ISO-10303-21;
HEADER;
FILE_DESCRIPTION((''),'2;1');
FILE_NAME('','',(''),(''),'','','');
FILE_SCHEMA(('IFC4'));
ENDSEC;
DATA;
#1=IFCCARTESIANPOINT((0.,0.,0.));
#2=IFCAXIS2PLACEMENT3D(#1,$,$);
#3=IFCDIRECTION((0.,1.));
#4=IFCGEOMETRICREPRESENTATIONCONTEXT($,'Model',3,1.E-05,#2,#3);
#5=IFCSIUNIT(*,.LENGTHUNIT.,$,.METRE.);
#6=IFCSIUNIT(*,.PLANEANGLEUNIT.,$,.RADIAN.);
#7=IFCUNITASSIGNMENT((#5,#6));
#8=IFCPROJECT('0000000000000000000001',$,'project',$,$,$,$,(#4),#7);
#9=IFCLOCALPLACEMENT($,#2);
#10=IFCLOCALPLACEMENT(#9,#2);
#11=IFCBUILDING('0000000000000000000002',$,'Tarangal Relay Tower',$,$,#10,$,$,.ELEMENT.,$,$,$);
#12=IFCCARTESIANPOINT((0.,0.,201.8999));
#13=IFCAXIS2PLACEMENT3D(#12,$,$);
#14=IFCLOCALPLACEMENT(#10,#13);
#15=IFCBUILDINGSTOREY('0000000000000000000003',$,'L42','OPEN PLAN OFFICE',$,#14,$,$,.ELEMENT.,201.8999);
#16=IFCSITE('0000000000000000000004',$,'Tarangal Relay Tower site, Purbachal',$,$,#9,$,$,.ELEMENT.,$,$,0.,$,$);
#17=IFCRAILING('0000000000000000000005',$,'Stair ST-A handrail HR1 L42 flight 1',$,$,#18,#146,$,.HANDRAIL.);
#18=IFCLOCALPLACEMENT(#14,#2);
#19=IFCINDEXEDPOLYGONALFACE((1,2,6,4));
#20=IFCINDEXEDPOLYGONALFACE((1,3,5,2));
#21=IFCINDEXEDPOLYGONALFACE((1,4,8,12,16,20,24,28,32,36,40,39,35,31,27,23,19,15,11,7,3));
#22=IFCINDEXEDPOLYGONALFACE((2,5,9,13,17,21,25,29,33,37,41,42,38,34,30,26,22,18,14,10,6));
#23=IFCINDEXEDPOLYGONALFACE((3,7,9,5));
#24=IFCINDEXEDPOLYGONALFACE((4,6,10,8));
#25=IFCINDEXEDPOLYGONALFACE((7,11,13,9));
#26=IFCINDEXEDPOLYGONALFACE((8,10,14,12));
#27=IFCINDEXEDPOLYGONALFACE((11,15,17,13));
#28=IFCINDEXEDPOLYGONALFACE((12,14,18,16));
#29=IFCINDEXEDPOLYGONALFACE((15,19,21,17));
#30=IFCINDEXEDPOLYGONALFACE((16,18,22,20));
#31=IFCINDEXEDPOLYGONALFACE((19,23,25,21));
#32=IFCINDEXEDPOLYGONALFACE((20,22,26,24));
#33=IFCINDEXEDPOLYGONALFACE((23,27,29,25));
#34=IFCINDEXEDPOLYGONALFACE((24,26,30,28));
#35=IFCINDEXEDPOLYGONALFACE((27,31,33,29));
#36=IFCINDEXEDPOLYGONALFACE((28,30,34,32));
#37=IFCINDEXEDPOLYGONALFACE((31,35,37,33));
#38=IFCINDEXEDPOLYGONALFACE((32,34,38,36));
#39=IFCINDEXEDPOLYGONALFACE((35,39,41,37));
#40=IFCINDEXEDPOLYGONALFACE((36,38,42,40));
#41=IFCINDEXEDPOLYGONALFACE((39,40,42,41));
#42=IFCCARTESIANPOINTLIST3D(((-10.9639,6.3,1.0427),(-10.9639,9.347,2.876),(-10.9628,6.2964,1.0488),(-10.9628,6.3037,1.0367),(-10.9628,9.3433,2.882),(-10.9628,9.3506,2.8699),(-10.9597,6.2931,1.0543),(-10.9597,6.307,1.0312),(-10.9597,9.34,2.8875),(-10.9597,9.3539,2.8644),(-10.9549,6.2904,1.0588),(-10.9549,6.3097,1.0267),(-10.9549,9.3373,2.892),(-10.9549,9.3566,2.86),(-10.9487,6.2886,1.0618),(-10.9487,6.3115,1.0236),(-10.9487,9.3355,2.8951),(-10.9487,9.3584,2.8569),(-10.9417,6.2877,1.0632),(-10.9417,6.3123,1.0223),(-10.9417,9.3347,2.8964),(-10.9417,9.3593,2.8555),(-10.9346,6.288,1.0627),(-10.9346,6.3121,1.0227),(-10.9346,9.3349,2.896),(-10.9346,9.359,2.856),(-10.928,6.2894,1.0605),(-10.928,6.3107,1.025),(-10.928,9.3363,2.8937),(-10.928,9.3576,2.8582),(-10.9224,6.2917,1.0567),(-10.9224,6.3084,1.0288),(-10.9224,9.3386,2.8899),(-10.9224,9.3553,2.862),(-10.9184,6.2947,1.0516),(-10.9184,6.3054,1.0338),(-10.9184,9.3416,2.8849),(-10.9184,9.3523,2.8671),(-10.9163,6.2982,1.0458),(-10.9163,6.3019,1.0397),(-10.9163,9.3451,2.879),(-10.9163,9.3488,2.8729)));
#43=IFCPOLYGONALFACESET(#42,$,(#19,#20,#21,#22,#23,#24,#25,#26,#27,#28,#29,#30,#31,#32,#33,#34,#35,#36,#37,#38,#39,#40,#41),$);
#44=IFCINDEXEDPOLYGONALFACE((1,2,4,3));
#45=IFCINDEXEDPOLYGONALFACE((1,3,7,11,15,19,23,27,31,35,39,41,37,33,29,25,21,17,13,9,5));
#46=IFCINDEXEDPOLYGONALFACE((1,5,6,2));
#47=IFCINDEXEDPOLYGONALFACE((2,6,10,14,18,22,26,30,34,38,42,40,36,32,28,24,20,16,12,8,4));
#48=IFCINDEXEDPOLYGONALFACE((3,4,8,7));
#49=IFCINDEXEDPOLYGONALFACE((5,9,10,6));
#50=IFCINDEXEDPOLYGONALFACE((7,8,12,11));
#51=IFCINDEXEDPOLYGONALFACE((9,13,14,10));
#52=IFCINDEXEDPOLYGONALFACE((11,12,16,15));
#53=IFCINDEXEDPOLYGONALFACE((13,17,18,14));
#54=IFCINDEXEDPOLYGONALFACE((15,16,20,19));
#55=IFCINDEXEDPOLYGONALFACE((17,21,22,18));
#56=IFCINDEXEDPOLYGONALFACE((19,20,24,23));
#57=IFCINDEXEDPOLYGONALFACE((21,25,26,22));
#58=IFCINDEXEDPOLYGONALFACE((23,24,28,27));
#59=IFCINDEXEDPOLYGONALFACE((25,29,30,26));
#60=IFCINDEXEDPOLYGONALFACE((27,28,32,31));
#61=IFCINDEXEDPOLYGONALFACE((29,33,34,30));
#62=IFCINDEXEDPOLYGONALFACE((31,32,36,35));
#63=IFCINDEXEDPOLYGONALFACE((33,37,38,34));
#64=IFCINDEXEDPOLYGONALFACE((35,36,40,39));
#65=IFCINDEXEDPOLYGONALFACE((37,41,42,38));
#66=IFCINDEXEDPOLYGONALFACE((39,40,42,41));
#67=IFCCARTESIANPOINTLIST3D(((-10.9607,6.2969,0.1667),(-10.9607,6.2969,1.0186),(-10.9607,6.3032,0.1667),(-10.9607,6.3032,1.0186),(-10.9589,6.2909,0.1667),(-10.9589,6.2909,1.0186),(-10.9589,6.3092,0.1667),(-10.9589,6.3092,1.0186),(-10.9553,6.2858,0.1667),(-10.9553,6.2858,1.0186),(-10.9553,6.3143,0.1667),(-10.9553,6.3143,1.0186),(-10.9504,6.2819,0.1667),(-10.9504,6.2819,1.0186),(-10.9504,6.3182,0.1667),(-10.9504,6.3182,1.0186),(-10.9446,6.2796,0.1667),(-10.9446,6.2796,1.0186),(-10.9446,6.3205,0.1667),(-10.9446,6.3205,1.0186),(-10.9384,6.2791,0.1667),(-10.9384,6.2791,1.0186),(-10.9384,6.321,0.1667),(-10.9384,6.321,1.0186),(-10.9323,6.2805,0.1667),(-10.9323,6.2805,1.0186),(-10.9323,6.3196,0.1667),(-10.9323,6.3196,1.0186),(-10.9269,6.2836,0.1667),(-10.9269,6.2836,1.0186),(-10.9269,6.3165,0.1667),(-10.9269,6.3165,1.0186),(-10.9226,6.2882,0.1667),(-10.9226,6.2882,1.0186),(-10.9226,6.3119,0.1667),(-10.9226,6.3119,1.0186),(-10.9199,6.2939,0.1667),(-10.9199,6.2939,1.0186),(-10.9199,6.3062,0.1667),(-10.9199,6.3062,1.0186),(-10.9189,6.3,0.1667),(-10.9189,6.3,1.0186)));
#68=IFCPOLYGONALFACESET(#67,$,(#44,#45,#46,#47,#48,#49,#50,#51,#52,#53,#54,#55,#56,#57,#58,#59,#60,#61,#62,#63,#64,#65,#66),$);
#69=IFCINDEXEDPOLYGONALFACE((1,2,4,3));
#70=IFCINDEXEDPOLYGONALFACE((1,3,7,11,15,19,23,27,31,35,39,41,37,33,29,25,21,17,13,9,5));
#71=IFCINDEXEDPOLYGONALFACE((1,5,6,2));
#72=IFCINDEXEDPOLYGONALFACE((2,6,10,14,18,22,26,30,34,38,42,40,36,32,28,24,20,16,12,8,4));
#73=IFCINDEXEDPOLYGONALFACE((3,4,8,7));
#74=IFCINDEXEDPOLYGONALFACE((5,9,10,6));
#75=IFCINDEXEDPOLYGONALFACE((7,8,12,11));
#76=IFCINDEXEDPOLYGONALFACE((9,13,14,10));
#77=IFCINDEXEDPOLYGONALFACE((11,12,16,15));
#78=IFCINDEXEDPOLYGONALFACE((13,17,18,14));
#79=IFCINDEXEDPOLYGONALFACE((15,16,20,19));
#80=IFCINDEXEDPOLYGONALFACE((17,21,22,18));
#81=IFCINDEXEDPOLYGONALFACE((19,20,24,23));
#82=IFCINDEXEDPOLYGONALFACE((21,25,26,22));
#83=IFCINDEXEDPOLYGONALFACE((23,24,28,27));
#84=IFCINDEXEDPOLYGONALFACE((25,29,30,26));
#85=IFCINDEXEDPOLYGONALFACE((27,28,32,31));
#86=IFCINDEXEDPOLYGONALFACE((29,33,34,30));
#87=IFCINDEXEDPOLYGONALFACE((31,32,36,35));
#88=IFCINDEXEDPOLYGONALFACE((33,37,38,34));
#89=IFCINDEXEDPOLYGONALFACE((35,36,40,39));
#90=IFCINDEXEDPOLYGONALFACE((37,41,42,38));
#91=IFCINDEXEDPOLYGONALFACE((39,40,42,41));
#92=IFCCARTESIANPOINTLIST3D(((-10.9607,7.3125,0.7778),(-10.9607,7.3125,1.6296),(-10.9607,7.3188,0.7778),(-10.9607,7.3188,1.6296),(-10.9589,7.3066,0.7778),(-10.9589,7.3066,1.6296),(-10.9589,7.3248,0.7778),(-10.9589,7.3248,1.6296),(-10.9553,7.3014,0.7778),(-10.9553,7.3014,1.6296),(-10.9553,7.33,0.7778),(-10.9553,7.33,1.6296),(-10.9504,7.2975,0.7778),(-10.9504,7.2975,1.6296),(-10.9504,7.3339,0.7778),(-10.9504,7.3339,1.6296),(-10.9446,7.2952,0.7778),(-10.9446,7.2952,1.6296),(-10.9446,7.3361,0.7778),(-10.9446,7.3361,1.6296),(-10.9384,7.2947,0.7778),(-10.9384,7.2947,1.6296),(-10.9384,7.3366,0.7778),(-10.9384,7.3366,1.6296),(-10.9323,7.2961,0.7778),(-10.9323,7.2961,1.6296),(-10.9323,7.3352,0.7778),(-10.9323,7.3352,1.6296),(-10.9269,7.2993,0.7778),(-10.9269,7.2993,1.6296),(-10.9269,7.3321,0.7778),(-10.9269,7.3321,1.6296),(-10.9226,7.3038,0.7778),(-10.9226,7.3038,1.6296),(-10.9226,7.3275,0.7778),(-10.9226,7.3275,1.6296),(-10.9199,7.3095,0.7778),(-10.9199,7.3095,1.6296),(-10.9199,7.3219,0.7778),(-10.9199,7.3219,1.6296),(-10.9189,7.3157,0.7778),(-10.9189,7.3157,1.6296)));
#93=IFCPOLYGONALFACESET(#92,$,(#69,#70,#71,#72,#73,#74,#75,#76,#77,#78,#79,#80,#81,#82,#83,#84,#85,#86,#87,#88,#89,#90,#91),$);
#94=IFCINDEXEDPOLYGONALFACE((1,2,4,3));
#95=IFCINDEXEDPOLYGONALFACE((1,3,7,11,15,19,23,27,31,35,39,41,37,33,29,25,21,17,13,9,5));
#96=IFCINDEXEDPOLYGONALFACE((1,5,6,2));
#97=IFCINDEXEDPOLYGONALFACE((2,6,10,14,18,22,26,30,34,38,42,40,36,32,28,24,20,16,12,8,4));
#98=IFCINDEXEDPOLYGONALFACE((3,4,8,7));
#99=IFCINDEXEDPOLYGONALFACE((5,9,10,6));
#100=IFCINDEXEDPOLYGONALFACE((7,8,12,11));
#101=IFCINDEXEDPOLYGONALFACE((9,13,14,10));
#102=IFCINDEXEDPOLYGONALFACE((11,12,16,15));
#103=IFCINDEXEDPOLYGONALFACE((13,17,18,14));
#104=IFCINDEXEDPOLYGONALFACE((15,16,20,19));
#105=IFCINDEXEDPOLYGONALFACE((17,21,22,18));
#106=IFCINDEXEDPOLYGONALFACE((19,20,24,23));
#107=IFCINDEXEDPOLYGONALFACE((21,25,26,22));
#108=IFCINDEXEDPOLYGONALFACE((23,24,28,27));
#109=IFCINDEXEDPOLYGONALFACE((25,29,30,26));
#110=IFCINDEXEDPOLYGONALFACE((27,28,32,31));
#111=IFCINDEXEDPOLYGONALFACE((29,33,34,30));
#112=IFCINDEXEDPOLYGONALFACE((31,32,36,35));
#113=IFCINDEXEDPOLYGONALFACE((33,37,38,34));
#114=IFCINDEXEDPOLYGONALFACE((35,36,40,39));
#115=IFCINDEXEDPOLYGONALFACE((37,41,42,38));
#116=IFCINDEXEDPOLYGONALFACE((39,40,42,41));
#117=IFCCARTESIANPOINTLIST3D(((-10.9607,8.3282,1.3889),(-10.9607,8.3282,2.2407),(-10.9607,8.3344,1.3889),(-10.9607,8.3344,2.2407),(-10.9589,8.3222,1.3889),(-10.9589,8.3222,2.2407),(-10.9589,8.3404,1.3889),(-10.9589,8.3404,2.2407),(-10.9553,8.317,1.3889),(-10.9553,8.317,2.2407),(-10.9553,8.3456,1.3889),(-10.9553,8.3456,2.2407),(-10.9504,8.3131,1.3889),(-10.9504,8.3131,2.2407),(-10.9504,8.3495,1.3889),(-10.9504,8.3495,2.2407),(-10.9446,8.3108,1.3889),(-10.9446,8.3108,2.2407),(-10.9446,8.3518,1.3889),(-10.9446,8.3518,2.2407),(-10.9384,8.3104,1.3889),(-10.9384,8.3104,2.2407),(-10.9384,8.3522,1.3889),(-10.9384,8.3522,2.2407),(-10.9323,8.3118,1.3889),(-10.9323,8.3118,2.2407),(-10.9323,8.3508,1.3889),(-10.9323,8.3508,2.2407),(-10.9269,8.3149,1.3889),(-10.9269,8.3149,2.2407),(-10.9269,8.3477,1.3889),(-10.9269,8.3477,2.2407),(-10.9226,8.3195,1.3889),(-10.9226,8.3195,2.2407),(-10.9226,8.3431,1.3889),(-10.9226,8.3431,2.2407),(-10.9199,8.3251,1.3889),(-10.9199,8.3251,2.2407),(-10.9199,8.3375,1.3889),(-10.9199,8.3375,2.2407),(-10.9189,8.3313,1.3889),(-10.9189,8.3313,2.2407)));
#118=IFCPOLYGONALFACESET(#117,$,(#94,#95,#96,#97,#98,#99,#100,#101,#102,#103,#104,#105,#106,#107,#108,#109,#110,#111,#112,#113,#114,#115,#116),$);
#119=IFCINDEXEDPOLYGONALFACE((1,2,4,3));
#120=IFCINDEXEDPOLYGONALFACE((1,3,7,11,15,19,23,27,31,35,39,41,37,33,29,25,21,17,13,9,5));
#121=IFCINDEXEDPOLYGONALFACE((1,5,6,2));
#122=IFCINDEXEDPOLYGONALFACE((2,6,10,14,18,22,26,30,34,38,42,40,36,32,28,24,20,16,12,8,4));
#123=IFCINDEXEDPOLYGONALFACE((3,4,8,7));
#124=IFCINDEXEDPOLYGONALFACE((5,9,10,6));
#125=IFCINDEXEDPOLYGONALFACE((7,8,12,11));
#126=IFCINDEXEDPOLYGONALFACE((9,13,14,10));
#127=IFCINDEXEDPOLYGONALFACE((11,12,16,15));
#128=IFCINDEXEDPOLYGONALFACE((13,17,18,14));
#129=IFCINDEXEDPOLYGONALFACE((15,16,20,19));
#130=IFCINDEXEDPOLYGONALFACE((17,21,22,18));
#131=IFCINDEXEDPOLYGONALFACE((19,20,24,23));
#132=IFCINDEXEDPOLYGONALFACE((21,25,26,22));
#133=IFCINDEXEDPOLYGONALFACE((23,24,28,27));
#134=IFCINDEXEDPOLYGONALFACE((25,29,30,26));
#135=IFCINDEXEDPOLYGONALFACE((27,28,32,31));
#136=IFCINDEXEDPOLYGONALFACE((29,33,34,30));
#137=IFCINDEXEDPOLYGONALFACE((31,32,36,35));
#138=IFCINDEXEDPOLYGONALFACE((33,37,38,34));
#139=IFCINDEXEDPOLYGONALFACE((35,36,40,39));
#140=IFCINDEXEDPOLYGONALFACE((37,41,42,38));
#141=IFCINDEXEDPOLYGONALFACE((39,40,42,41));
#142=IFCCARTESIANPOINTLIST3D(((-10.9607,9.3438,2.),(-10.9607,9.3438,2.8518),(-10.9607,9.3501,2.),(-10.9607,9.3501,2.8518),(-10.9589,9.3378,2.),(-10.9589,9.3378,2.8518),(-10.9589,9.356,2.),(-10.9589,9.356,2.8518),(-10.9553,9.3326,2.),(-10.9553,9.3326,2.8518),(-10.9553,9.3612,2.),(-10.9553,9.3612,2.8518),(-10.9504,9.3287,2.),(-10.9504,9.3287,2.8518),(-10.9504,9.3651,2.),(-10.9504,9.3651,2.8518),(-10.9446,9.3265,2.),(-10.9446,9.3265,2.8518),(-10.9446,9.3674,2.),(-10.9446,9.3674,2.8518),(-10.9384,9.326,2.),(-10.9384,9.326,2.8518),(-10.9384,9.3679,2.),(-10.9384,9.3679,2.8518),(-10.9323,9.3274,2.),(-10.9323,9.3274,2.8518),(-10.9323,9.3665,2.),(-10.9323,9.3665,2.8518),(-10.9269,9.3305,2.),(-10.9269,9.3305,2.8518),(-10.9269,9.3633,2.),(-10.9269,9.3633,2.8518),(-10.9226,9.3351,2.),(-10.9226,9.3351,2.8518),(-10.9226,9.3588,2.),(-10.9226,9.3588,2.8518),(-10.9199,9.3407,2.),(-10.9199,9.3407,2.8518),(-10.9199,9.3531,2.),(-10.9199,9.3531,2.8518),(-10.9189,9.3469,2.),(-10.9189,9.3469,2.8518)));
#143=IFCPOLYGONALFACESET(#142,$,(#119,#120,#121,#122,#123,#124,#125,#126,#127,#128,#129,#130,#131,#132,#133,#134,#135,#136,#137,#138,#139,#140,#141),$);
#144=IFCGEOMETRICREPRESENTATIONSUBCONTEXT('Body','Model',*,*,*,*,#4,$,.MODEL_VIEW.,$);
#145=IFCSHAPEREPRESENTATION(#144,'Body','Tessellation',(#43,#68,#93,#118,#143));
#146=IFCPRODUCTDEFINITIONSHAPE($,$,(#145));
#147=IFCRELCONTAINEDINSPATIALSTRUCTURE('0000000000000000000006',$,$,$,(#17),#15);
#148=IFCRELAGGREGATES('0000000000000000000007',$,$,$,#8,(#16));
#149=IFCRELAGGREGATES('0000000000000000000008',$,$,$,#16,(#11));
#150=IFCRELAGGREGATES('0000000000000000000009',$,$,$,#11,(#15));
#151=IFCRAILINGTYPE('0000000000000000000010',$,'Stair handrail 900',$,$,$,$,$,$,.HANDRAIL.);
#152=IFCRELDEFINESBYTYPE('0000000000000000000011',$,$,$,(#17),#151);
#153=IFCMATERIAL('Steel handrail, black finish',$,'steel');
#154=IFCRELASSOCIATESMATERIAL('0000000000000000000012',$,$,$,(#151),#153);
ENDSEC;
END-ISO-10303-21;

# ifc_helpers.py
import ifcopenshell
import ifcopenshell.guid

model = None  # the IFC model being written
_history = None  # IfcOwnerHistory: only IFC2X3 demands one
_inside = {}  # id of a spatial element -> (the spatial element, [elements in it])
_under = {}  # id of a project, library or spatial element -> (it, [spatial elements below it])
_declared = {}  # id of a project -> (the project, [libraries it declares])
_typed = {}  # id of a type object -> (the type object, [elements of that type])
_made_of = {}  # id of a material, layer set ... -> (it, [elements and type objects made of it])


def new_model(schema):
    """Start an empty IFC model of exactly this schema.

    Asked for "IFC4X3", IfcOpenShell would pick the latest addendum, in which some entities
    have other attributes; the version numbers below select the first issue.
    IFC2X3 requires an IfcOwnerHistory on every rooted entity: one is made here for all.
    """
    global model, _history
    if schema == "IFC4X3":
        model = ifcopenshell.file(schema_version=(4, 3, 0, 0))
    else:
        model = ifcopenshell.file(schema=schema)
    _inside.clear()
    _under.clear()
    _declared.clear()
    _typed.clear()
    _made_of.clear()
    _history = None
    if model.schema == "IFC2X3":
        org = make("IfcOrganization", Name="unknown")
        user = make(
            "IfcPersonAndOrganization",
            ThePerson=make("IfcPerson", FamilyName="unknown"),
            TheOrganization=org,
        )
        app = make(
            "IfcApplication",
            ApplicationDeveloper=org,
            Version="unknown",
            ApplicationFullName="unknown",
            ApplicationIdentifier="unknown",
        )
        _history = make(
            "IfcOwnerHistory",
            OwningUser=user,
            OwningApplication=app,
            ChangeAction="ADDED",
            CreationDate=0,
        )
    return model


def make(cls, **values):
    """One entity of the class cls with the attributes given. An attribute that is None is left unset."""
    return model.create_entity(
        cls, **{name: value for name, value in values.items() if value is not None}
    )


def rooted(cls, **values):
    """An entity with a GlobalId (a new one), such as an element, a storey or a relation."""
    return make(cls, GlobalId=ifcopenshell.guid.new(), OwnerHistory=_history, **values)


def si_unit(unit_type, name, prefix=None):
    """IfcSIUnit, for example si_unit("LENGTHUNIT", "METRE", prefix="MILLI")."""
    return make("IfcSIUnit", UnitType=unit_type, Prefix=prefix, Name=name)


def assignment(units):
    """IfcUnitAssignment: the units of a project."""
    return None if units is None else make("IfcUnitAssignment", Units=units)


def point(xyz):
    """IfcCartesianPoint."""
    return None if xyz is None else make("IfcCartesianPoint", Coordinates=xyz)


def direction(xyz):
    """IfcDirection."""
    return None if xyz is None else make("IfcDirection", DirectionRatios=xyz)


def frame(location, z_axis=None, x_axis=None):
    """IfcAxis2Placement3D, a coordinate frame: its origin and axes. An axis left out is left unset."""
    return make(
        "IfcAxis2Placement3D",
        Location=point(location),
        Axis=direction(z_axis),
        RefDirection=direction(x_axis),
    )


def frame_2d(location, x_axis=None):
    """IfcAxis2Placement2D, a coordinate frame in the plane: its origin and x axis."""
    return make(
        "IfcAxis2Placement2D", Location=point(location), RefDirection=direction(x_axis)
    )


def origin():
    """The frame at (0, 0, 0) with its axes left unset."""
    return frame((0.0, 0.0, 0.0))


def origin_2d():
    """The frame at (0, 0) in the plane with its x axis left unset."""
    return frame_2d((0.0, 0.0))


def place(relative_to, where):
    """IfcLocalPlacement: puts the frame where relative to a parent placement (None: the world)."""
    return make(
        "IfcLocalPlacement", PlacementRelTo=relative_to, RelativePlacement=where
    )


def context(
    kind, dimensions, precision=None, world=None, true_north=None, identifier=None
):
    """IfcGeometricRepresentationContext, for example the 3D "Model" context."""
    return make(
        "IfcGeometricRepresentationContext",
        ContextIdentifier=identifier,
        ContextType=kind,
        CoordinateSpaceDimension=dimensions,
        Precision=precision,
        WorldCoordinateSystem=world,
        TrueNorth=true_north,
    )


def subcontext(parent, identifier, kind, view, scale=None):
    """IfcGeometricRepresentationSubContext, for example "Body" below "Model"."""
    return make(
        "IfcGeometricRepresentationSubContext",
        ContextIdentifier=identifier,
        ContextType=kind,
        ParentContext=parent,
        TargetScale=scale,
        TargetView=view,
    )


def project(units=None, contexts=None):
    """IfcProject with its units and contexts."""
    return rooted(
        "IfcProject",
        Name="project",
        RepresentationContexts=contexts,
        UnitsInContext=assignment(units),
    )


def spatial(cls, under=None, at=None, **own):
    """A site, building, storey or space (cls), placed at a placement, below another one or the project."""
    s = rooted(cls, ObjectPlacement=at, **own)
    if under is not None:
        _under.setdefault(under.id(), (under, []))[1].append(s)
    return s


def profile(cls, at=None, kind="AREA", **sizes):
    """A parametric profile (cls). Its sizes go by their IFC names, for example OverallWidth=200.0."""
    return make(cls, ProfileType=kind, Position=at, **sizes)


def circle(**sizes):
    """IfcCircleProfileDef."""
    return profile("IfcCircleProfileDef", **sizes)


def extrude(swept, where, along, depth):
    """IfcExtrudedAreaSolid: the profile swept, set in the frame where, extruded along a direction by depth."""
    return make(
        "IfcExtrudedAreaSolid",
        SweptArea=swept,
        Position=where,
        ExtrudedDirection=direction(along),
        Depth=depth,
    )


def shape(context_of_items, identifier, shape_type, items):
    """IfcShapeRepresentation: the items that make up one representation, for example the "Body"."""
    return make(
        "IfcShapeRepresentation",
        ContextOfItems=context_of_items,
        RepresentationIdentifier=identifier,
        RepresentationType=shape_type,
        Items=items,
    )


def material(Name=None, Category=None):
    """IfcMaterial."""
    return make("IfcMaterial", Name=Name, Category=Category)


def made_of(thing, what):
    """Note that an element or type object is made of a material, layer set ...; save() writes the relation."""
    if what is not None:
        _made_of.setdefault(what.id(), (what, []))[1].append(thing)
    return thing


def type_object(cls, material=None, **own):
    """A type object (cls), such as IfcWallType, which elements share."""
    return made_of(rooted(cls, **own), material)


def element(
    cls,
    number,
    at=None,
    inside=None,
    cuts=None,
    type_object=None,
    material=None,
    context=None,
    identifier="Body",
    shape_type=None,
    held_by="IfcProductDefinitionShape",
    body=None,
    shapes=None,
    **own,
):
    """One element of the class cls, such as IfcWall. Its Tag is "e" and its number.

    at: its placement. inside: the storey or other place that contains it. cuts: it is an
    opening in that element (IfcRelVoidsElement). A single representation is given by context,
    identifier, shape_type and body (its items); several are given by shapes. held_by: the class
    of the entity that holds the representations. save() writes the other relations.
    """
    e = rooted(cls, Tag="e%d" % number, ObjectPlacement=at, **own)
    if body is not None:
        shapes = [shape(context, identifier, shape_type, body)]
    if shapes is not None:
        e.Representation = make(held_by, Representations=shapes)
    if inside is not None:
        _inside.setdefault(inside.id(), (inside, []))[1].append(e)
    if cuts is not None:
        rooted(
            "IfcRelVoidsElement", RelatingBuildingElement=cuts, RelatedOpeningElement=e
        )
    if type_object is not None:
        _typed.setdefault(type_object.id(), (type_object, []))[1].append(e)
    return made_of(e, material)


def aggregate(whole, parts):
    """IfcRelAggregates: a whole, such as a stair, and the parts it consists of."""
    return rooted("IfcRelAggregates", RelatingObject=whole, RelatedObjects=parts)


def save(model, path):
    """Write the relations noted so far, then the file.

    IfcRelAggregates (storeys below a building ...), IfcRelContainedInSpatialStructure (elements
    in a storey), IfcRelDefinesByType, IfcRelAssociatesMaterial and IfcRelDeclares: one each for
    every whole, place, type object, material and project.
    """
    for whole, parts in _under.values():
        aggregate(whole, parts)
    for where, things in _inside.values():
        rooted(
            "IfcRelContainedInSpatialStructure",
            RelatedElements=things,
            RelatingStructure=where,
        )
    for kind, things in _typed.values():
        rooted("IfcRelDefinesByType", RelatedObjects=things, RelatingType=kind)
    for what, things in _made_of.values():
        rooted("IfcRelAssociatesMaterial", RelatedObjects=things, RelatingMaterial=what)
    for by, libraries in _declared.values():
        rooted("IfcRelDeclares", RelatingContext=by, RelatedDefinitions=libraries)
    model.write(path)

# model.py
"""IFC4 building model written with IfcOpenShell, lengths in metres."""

from ifc_helpers import new_model, si_unit, direction, frame, origin, origin_2d, place, context, subcontext, project, spatial, circle, extrude, material, type_object, element, save


model = new_model("IFC4")

# Units and contexts
model_context = context("Model", 3, precision=1e-05, world=origin(), true_north=direction((0.0, 1.0)))
body_context = subcontext(model_context, "Body", "Model", "MODEL_VIEW")
ifc_project = project(units=[si_unit("LENGTHUNIT", "METRE"), si_unit("PLANEANGLEUNIT", "RADIAN")], contexts=[model_context])

# Site, building, storey
site_placement = place(None, origin())
site = spatial("IfcSite", under=ifc_project, at=site_placement, Name="Tarangal Relay Tower site, Purbachal", CompositionType="ELEMENT", RefElevation=0.0)
building_placement = place(site_placement, origin())
building = spatial("IfcBuilding", under=site, at=building_placement, Name="Tarangal Relay Tower", CompositionType="ELEMENT")
storey_placement = place(building_placement, frame((0.0, 0.0, 201.8999)))
storey = spatial("IfcBuildingStorey", under=building, at=storey_placement, Name="L42", Description="OPEN PLAN OFFICE", CompositionType="ELEMENT", Elevation=201.8999)

# Railing
ifc_material_1 = material(Name="Steel handrail, black finish", Category="steel")
railing_type_1 = type_object("IfcRailingType", Name="Stair handrail 900", PredefinedType="HANDRAIL", material=ifc_material_1)
railing_1_placement = place(storey_placement, frame((-10.9399, 6.3, 0.1667)))
element("IfcRailing", 1, at=railing_1_placement, inside=storey, type_object=railing_type_1, Name="Stair ST-A handrail HR1 L42 flight 1", PredefinedType="HANDRAIL", context=body_context, shape_type="SweptSolid", body=[
    extrude(circle(Radius=0.0239, at=origin_2d()), frame((0.0, 0.0, 0.876), z_axis=(0.0, 0.856856, 0.515556), x_axis=(-1.0, 0.0, 0.0)), (0.0, 0.0, 1.0), 3.5559),
    extrude(circle(Radius=0.021, at=origin_2d()), origin(), (0.0, 0.0, 1.0), 0.8518),
    extrude(circle(Radius=0.021, at=origin_2d()), frame((0.0, 1.0156, 0.6111)), (0.0, 0.0, 1.0), 0.8518),
    extrude(circle(Radius=0.021, at=origin_2d()), frame((0.0, 2.0312, 1.2222)), (0.0, 0.0, 1.0), 0.8518),
    extrude(circle(Radius=0.021, at=origin_2d()), frame((0.0, 3.0469, 1.8333)), (0.0, 0.0, 1.0), 0.8518),
])

save(model, "model.ifc")
